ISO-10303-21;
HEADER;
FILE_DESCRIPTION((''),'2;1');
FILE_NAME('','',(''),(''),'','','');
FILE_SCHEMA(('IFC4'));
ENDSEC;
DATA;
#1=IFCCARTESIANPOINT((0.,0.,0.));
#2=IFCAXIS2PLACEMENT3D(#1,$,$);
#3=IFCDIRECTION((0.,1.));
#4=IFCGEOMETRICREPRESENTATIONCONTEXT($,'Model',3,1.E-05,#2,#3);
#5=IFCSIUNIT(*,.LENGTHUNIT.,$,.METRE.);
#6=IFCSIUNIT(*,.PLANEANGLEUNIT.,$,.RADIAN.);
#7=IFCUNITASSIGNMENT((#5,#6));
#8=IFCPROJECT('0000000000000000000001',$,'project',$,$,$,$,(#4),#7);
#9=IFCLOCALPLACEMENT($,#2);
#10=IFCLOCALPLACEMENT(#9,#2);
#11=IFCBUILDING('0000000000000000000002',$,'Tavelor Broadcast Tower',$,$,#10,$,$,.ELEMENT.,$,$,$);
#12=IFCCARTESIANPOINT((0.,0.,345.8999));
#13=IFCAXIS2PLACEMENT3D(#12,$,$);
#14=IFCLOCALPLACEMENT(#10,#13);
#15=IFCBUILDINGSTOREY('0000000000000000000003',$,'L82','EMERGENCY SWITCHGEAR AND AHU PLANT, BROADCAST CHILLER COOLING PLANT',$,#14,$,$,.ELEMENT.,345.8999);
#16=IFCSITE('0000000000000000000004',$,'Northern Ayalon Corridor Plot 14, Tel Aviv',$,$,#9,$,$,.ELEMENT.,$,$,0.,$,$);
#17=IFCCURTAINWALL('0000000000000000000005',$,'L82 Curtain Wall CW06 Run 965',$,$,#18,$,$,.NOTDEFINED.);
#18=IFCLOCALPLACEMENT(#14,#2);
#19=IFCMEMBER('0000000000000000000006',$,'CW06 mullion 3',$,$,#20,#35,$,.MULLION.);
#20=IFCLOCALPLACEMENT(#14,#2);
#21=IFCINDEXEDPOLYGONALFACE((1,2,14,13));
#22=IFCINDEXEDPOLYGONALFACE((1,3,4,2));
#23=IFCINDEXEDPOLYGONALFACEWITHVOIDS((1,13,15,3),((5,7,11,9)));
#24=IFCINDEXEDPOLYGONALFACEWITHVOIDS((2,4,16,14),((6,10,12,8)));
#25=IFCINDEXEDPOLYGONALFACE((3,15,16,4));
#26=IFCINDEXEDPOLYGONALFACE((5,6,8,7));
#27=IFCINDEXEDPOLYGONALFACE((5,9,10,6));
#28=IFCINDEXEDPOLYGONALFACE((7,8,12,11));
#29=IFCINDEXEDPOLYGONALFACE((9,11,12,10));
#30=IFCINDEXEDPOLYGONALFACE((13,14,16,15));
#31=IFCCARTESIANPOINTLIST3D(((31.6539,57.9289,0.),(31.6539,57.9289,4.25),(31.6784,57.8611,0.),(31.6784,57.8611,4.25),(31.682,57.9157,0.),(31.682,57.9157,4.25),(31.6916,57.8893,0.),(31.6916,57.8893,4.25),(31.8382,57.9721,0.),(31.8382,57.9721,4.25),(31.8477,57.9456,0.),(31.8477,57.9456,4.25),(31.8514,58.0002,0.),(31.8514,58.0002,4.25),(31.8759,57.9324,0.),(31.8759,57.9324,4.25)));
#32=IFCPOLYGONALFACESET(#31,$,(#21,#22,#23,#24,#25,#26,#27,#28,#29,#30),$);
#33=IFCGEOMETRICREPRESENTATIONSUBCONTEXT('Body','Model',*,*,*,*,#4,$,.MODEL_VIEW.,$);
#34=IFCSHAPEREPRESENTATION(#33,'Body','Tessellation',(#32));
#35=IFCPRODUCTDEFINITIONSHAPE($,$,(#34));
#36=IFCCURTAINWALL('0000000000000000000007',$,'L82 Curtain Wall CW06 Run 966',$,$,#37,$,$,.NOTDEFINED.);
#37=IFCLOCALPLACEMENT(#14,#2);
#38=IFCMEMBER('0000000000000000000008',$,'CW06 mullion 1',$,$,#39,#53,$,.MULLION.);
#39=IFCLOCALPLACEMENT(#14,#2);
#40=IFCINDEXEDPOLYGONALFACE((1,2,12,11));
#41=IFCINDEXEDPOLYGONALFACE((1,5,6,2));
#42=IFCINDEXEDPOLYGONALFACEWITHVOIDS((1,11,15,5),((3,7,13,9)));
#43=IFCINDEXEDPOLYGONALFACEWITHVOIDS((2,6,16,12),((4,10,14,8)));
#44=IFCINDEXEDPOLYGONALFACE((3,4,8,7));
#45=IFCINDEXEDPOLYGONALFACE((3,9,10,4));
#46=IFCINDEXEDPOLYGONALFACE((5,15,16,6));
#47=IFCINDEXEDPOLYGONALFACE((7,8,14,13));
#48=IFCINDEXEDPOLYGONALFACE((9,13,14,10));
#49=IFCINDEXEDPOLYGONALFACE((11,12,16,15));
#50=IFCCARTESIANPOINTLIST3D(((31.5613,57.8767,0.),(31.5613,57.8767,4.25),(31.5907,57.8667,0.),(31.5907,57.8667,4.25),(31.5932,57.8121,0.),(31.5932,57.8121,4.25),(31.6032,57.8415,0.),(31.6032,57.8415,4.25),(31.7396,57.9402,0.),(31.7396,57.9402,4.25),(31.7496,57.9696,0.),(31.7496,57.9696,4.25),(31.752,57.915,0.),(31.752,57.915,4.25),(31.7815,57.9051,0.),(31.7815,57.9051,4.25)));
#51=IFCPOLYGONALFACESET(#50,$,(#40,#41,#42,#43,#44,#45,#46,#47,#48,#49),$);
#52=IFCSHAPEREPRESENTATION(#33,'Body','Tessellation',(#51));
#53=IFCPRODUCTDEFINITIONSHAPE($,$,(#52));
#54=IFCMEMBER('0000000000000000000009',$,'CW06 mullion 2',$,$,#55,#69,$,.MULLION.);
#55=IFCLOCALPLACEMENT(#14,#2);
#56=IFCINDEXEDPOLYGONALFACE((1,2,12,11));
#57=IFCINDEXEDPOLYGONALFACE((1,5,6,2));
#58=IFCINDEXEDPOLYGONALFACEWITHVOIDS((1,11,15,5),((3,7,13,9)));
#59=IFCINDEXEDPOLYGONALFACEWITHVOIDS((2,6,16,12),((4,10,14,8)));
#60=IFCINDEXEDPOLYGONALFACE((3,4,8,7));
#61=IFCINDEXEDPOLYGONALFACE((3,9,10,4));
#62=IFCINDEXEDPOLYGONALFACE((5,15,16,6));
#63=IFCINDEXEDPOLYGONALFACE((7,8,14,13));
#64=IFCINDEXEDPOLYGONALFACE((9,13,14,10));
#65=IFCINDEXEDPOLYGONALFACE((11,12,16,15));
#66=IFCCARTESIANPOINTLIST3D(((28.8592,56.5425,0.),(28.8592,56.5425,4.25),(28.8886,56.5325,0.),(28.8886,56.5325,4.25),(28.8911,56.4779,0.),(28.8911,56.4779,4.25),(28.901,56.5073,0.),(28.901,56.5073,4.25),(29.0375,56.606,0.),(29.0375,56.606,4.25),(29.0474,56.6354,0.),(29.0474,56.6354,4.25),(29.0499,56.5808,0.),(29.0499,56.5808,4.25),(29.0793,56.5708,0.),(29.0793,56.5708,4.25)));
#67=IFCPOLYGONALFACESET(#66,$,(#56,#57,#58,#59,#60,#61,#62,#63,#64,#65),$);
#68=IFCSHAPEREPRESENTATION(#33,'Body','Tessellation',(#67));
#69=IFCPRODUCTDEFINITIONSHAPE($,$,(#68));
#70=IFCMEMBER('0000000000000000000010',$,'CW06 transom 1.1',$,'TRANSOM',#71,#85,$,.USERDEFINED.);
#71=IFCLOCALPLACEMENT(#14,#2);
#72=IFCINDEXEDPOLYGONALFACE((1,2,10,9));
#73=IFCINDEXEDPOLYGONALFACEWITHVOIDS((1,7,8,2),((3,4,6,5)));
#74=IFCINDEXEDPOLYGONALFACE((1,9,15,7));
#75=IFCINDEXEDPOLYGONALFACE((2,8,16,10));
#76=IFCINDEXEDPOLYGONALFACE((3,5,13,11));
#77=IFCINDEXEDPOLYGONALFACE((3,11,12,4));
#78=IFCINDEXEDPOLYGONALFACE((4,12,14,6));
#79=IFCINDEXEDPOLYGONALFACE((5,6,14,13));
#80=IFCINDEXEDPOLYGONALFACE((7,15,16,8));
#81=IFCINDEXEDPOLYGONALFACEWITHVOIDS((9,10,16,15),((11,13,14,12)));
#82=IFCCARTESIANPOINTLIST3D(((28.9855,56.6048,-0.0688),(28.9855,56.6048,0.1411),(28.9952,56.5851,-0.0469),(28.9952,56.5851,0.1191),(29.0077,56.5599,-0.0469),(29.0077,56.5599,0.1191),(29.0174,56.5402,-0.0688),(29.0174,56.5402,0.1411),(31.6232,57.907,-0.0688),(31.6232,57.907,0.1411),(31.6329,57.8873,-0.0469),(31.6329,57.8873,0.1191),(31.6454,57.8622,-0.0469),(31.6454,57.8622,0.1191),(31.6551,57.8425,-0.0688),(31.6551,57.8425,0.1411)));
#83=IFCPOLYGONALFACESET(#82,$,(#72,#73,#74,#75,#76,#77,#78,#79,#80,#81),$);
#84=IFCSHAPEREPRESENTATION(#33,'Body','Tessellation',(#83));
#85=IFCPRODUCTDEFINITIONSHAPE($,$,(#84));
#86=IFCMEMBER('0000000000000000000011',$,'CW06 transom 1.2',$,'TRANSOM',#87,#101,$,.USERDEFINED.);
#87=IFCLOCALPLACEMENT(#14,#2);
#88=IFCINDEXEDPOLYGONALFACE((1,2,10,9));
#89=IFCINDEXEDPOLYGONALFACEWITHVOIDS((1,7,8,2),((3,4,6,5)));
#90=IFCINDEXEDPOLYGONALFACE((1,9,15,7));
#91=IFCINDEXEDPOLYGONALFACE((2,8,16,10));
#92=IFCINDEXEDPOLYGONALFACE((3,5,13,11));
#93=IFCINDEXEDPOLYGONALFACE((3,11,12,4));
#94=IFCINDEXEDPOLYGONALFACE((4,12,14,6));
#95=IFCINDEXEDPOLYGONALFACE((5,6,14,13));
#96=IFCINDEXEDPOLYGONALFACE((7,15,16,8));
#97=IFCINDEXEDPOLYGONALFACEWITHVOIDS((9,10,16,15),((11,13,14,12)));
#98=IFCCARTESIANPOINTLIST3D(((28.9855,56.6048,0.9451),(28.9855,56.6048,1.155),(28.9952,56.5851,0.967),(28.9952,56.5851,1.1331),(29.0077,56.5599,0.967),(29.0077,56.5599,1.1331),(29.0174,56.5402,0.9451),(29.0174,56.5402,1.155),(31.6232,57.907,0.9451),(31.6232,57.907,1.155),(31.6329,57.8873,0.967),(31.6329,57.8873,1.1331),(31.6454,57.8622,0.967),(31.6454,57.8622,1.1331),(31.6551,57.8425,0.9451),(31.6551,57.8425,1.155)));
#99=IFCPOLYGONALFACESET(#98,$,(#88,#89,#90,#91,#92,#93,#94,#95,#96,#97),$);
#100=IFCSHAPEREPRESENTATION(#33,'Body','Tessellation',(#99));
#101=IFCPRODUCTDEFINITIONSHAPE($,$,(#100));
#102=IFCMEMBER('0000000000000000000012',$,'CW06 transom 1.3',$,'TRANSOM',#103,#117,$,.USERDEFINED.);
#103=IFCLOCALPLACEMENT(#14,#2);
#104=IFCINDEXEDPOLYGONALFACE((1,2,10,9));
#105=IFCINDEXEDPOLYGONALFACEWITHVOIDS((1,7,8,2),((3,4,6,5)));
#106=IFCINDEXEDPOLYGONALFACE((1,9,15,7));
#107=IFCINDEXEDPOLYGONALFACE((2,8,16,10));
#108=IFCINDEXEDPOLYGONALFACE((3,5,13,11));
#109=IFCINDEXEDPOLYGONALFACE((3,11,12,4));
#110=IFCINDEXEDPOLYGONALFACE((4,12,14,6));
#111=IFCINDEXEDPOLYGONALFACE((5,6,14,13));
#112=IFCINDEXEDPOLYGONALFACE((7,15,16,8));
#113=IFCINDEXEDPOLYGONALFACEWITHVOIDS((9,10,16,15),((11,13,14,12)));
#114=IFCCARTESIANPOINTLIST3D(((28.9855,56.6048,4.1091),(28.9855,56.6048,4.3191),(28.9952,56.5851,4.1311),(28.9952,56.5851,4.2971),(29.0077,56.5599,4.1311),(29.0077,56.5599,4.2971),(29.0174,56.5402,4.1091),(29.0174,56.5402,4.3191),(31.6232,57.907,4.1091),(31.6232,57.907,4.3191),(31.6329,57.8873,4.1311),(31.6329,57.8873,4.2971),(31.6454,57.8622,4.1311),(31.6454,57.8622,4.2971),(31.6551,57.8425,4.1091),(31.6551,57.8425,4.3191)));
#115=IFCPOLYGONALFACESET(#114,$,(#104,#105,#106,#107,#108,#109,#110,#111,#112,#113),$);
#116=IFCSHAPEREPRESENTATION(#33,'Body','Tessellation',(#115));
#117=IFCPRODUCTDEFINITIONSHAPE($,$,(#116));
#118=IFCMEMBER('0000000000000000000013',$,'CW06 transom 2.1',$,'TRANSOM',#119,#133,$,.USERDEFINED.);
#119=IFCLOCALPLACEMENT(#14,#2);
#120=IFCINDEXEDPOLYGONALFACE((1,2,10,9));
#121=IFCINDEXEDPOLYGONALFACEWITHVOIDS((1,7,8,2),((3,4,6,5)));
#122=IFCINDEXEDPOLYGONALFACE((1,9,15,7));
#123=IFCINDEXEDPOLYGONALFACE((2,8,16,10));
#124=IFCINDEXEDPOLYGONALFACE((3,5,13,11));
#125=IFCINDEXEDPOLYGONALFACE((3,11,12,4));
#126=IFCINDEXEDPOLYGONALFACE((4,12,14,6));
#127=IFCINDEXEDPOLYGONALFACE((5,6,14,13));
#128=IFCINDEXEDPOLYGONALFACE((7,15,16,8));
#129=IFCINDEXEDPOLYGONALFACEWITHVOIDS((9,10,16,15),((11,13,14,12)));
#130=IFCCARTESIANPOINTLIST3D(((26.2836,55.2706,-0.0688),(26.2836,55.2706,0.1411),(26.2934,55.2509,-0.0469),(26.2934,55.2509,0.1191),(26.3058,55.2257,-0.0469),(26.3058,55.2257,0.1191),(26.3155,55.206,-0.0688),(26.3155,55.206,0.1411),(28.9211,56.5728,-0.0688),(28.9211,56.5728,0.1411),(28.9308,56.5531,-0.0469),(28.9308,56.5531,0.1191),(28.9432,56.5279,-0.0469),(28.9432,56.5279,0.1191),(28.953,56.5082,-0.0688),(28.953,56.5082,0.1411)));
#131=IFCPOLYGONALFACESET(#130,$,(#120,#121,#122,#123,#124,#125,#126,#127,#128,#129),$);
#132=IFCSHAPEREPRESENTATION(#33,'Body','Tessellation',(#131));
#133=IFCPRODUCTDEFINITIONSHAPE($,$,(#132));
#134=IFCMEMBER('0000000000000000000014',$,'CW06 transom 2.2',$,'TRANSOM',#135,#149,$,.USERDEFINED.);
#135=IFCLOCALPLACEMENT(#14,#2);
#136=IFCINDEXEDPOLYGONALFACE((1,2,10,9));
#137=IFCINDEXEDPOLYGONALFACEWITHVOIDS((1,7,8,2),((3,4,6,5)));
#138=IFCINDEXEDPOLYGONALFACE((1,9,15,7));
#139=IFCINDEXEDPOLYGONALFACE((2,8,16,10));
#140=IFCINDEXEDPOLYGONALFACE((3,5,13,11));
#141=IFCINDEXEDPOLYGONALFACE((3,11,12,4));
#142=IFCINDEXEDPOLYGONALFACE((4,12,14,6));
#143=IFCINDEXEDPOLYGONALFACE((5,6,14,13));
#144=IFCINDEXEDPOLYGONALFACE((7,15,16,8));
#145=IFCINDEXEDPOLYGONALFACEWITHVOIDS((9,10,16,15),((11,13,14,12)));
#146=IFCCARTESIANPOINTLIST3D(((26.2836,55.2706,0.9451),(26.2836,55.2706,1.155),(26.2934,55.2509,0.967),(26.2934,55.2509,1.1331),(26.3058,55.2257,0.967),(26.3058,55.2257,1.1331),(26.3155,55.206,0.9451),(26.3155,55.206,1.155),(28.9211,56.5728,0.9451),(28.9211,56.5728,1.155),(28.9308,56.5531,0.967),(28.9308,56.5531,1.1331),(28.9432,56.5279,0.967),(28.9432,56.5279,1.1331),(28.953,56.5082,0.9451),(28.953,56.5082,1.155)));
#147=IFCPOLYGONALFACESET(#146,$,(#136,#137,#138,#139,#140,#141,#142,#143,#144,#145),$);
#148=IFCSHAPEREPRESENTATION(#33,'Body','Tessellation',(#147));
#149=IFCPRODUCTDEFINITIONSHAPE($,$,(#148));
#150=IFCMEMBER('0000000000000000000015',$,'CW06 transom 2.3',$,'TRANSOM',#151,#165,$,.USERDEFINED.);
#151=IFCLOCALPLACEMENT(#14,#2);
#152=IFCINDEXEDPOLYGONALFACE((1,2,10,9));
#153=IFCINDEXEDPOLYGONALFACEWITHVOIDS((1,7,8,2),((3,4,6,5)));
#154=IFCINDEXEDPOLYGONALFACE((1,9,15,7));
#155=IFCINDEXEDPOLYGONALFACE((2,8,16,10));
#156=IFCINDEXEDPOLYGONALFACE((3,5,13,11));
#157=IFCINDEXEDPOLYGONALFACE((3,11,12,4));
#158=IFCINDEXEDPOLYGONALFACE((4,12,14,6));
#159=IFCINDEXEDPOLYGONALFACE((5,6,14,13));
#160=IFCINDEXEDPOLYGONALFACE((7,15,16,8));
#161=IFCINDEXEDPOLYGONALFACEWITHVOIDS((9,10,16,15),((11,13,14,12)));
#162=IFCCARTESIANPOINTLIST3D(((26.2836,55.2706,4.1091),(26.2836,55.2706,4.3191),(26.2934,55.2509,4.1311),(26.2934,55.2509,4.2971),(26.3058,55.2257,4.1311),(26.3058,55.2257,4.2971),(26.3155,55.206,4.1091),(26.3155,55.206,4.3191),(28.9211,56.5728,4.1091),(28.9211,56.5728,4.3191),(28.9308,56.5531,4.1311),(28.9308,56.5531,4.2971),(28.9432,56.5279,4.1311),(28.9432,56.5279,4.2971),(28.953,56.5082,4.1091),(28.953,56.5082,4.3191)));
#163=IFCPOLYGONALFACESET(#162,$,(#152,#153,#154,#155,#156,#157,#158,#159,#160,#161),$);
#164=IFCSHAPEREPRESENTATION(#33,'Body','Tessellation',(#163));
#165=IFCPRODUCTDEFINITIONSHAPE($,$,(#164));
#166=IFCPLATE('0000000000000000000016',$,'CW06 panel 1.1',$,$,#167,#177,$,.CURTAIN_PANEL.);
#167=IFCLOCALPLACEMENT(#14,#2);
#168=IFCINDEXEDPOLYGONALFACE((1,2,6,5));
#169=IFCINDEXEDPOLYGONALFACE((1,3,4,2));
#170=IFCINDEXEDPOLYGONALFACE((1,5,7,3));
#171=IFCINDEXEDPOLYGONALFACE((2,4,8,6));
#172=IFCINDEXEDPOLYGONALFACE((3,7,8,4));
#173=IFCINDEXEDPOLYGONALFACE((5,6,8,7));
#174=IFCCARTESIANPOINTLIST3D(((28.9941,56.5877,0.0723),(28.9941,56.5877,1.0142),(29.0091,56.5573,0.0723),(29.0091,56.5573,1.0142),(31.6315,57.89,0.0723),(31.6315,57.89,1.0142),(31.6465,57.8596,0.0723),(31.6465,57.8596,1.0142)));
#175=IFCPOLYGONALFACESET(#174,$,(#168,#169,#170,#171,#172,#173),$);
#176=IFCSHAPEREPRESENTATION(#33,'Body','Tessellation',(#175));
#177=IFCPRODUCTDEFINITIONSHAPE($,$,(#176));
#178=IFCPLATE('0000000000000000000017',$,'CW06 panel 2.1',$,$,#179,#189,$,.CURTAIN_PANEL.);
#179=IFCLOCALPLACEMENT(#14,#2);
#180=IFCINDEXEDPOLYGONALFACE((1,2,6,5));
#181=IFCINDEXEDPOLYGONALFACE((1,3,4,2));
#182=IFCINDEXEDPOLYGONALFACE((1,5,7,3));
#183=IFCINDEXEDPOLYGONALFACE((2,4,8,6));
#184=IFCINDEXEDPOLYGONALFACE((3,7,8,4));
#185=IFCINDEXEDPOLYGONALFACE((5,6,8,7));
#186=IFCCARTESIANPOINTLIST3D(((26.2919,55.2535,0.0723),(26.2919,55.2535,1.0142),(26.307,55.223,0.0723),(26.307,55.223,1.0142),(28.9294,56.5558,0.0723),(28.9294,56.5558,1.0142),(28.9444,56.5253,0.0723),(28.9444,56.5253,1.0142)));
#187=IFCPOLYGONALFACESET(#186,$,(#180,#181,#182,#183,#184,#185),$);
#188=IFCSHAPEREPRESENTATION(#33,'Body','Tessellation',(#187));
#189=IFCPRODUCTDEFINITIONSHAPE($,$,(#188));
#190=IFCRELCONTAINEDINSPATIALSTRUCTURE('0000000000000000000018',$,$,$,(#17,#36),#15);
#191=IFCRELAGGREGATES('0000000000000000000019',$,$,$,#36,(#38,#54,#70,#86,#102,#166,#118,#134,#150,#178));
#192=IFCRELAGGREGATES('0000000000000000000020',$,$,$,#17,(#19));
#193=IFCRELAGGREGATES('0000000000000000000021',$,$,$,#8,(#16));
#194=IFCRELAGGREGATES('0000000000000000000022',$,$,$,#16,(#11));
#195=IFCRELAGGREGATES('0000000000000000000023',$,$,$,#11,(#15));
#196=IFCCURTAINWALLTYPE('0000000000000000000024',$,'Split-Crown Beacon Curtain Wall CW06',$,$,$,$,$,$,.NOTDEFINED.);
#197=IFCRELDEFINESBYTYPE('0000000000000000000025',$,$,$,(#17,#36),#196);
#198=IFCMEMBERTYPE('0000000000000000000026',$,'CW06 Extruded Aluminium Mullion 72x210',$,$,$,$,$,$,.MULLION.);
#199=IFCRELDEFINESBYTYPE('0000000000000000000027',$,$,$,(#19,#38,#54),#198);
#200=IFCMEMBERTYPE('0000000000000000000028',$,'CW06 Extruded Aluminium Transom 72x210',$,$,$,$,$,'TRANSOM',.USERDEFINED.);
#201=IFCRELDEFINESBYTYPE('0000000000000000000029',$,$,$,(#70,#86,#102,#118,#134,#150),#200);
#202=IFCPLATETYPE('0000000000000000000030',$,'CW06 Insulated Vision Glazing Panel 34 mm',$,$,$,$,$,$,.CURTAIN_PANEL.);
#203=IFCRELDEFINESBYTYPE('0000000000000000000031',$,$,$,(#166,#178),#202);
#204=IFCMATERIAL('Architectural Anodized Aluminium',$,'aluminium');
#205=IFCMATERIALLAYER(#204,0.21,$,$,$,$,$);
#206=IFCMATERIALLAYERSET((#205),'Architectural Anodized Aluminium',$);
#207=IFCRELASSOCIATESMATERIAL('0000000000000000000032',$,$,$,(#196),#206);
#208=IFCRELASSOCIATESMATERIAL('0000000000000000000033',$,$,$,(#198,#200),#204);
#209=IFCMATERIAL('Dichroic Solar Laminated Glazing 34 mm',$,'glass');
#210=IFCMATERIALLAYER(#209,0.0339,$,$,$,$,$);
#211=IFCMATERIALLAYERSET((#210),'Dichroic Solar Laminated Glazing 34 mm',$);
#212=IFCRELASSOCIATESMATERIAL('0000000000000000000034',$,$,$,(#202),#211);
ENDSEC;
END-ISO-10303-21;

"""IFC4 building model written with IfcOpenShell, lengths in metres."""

from ifc_helpers import new_model, si_unit, direction, frame, origin, origin_2d, place, context, subcontext, project, spatial, rectangle, hollow_rectangle, extrude, source, transform, mapped, material, layer, layer_set, material_profile, profile_set, type_object, type_shapes, element, aggregate, save


model = new_model("IFC4")

# Units and contexts
model_context = context("Model", 3, precision=1e-05, world=origin(), true_north=direction((0.0, 1.0)))
body_context = subcontext(model_context, "Body", "Model", "MODEL_VIEW")
ifc_project = project(units=[si_unit("LENGTHUNIT", "METRE"), si_unit("PLANEANGLEUNIT", "RADIAN")], contexts=[model_context])

# Site, building, storey
site_placement = place(None, origin())
site = spatial("IfcSite", under=ifc_project, at=site_placement, Name="Northern Ayalon Corridor Plot 14, Tel Aviv", CompositionType="ELEMENT", RefElevation=0.0)
building_placement = place(site_placement, origin())
building = spatial("IfcBuilding", under=site, at=building_placement, Name="Tavelor Broadcast Tower", CompositionType="ELEMENT")
storey_placement = place(building_placement, frame((0.0, 0.0, 345.8999)))
storey = spatial("IfcBuildingStorey", under=building, at=storey_placement, Name="L82", Description="EMERGENCY SWITCHGEAR AND AHU PLANT, BROADCAST CHILLER COOLING PLANT", CompositionType="ELEMENT", Elevation=345.8999)

# Curtain wall, member
ifc_material_1 = material(Name="Architectural Anodized Aluminium", Category="aluminium")
ifc_layer_1 = layer(ifc_material_1, 0.21)
ifc_layer_set_1 = layer_set([ifc_layer_1], Name="Architectural Anodized Aluminium")
curtain_wall_type = type_object("IfcCurtainWallType", Name="Split-Crown Beacon Curtain Wall CW06", PredefinedType="NOTDEFINED", material=ifc_layer_set_1)
curtain_wall_1_placement = place(storey_placement, origin())
curtain_wall_1 = element("IfcCurtainWall", 1, at=curtain_wall_1_placement, inside=storey, type_object=curtain_wall_type, Name="L82 Curtain Wall CW06 Run 965", PredefinedType="NOTDEFINED")
ifc_material_profile_1 = material_profile(ifc_material_1, hollow_rectangle(XDim=0.072, YDim=0.21, WallThickness=0.022, at=origin_2d()), Name="RHS 72x210x22")
ifc_profile_set_1 = profile_set([ifc_material_profile_1], Name="Architectural Anodized Aluminium")
member_type_1 = type_object("IfcMemberType", Name="CW06 Extruded Aluminium Mullion 72x210", PredefinedType="MULLION", material=ifc_profile_set_1)
shared_shape_1 = source(origin(), body_context, "Body", "SweptSolid", [
    extrude(hollow_rectangle(XDim=0.072, YDim=0.21, WallThickness=0.022, at=origin_2d()), origin(), (0.0, 0.0, 1.0), 4.25),
])
type_shapes(member_type_1, [shared_shape_1])
member_1_placement = place(storey_placement, frame((31.7649, 57.9307, 0.0), z_axis=(0.0, 0.0, 1.0), x_axis=(0.339526, -0.940597, 0.0)))
member_1 = element("IfcMember", 2, at=member_1_placement, type_object=member_type_1, Name="CW06 mullion 3", PredefinedType="MULLION", context=body_context, shape_type="MappedRepresentation", body=[
    mapped(shared_shape_1, transform((0.0, 0.0, 0.0), scale=1.0)),
])

# Curtain wall, members, plates
curtain_wall_2_placement = place(storey_placement, origin())
curtain_wall_2 = element("IfcCurtainWall", 3, at=curtain_wall_2_placement, inside=storey, type_object=curtain_wall_type, Name="L82 Curtain Wall CW06 Run 966", PredefinedType="NOTDEFINED")
member_2_placement = place(storey_placement, frame((31.6714, 57.8909, 0.0), z_axis=(0.0, 0.0, 1.0), x_axis=(0.442742, -0.896649, 0.0)))
member_2 = element("IfcMember", 4, at=member_2_placement, type_object=member_type_1, Name="CW06 mullion 1", PredefinedType="MULLION", context=body_context, shape_type="MappedRepresentation", body=[
    mapped(shared_shape_1, transform((0.0, 0.0, 0.0), scale=1.0)),
])
member_3_placement = place(storey_placement, frame((28.9692, 56.5566, 0.0), z_axis=(0.0, 0.0, 1.0), x_axis=(0.442742, -0.896649, 0.0)))
member_3 = element("IfcMember", 5, at=member_3_placement, type_object=member_type_1, Name="CW06 mullion 2", PredefinedType="MULLION", context=body_context, shape_type="MappedRepresentation", body=[
    mapped(shared_shape_1, transform((0.0, 0.0, 0.0), scale=1.0)),
])
ifc_material_profile_2 = material_profile(ifc_material_1, hollow_rectangle(XDim=0.072, YDim=0.21, WallThickness=0.022, at=origin_2d()), Name="RHS 72x210x22")
ifc_profile_set_2 = profile_set([ifc_material_profile_2], Name="Architectural Anodized Aluminium")
member_type_2 = type_object("IfcMemberType", Name="CW06 Extruded Aluminium Transom 72x210", ElementType="TRANSOM", PredefinedType="USERDEFINED", material=ifc_profile_set_2)
shared_shape_2 = source(origin(), body_context, "Body", "SweptSolid", [
    extrude(hollow_rectangle(XDim=0.072, YDim=0.21, WallThickness=0.022, at=origin_2d()), origin(), (0.0, 0.0, 1.0), 2.9417),
])
member_4_placement = place(storey_placement, frame((31.6392, 57.8748, 0.0361), z_axis=(-0.896673, -0.442693, 0.0), x_axis=(0.442693, -0.896673, 0.0)))
member_4 = element("IfcMember", 6, at=member_4_placement, type_object=member_type_2, Name="CW06 transom 1.1", ObjectType="TRANSOM", PredefinedType="USERDEFINED", context=body_context, shape_type="MappedRepresentation", body=[
    mapped(shared_shape_2, transform((0.0, 0.0, 0.0), scale=1.0)),
])
member_5_placement = place(storey_placement, frame((31.6392, 57.8748, 1.05), z_axis=(-0.896673, -0.442693, 0.0), x_axis=(0.442693, -0.896673, 0.0)))
member_5 = element("IfcMember", 7, at=member_5_placement, type_object=member_type_2, Name="CW06 transom 1.2", ObjectType="TRANSOM", PredefinedType="USERDEFINED", context=body_context, shape_type="MappedRepresentation", body=[
    mapped(shared_shape_2, transform((0.0, 0.0, 0.0), scale=1.0)),
])
member_6_placement = place(storey_placement, frame((31.6392, 57.8748, 4.2141), z_axis=(-0.896673, -0.442693, 0.0), x_axis=(0.442693, -0.896673, 0.0)))
member_6 = element("IfcMember", 8, at=member_6_placement, type_object=member_type_2, Name="CW06 transom 1.3", ObjectType="TRANSOM", PredefinedType="USERDEFINED", context=body_context, shape_type="MappedRepresentation", body=[
    mapped(shared_shape_2, transform((0.0, 0.0, 0.0), scale=1.0)),
])
shared_shape_3 = source(origin(), body_context, "Body", "SweptSolid", [
    extrude(hollow_rectangle(XDim=0.072, YDim=0.21, WallThickness=0.022, at=origin_2d()), origin(), (0.0, 0.0, 1.0), 2.9414),
])
type_shapes(member_type_2, [shared_shape_2, shared_shape_3])
member_7_placement = place(storey_placement, frame((28.937, 56.5405, 0.0361), z_axis=(-0.896657, -0.442726, 0.0), x_axis=(0.442726, -0.896657, 0.0)))
member_7 = element("IfcMember", 9, at=member_7_placement, type_object=member_type_2, Name="CW06 transom 2.1", ObjectType="TRANSOM", PredefinedType="USERDEFINED", context=body_context, shape_type="MappedRepresentation", body=[
    mapped(shared_shape_3, transform((0.0, 0.0, 0.0), scale=1.0)),
])
member_8_placement = place(storey_placement, frame((28.937, 56.5405, 1.05), z_axis=(-0.896657, -0.442726, 0.0), x_axis=(0.442726, -0.896657, 0.0)))
member_8 = element("IfcMember", 10, at=member_8_placement, type_object=member_type_2, Name="CW06 transom 2.2", ObjectType="TRANSOM", PredefinedType="USERDEFINED", context=body_context, shape_type="MappedRepresentation", body=[
    mapped(shared_shape_3, transform((0.0, 0.0, 0.0), scale=1.0)),
])
member_9_placement = place(storey_placement, frame((28.937, 56.5405, 4.2141), z_axis=(-0.896657, -0.442726, 0.0), x_axis=(0.442726, -0.896657, 0.0)))
member_9 = element("IfcMember", 11, at=member_9_placement, type_object=member_type_2, Name="CW06 transom 2.3", ObjectType="TRANSOM", PredefinedType="USERDEFINED", context=body_context, shape_type="MappedRepresentation", body=[
    mapped(shared_shape_3, transform((0.0, 0.0, 0.0), scale=1.0)),
])
ifc_material_2 = material(Name="Dichroic Solar Laminated Glazing 34 mm", Category="glass")
ifc_layer_2 = layer(ifc_material_2, 0.0339)
ifc_layer_set_2 = layer_set([ifc_layer_2], Name="Dichroic Solar Laminated Glazing 34 mm")
plate_type = type_object("IfcPlateType", Name="CW06 Insulated Vision Glazing Panel 34 mm", PredefinedType="CURTAIN_PANEL", material=ifc_layer_set_2)
shared_shape_4 = source(origin(), body_context, "Body", "SweptSolid", [
    extrude(rectangle(XDim=2.9414, YDim=0.0339, at=origin_2d()), origin(), (0.0, 0.0, 1.0), 0.9419),
])
plate_1_placement = place(storey_placement, frame((30.3203, 57.2236, 0.0723), z_axis=(0.0, 0.0, 1.0), x_axis=(-0.896649, -0.442742, 0.0)))
plate_1 = element("IfcPlate", 12, at=plate_1_placement, type_object=plate_type, Name="CW06 panel 1.1", PredefinedType="CURTAIN_PANEL", context=body_context, shape_type="MappedRepresentation", body=[
    mapped(shared_shape_4, transform((0.0, 0.0, 0.0), scale=1.0)),
])
plate_2_placement = place(storey_placement, frame((27.6182, 55.8894, 0.0723), z_axis=(0.0, 0.0, 1.0), x_axis=(-0.896649, -0.442742, 0.0)))
plate_2 = element("IfcPlate", 13, at=plate_2_placement, type_object=plate_type, Name="CW06 panel 2.1", PredefinedType="CURTAIN_PANEL", context=body_context, shape_type="MappedRepresentation", body=[
    mapped(shared_shape_4, transform((0.0, 0.0, 0.0), scale=1.0)),
])
aggregate(curtain_wall_2, [member_2, member_3, member_4, member_5, member_6, plate_1, member_7, member_8, member_9, plate_2])

aggregate(curtain_wall_1, [member_1])

save(model, "model.ifc")
